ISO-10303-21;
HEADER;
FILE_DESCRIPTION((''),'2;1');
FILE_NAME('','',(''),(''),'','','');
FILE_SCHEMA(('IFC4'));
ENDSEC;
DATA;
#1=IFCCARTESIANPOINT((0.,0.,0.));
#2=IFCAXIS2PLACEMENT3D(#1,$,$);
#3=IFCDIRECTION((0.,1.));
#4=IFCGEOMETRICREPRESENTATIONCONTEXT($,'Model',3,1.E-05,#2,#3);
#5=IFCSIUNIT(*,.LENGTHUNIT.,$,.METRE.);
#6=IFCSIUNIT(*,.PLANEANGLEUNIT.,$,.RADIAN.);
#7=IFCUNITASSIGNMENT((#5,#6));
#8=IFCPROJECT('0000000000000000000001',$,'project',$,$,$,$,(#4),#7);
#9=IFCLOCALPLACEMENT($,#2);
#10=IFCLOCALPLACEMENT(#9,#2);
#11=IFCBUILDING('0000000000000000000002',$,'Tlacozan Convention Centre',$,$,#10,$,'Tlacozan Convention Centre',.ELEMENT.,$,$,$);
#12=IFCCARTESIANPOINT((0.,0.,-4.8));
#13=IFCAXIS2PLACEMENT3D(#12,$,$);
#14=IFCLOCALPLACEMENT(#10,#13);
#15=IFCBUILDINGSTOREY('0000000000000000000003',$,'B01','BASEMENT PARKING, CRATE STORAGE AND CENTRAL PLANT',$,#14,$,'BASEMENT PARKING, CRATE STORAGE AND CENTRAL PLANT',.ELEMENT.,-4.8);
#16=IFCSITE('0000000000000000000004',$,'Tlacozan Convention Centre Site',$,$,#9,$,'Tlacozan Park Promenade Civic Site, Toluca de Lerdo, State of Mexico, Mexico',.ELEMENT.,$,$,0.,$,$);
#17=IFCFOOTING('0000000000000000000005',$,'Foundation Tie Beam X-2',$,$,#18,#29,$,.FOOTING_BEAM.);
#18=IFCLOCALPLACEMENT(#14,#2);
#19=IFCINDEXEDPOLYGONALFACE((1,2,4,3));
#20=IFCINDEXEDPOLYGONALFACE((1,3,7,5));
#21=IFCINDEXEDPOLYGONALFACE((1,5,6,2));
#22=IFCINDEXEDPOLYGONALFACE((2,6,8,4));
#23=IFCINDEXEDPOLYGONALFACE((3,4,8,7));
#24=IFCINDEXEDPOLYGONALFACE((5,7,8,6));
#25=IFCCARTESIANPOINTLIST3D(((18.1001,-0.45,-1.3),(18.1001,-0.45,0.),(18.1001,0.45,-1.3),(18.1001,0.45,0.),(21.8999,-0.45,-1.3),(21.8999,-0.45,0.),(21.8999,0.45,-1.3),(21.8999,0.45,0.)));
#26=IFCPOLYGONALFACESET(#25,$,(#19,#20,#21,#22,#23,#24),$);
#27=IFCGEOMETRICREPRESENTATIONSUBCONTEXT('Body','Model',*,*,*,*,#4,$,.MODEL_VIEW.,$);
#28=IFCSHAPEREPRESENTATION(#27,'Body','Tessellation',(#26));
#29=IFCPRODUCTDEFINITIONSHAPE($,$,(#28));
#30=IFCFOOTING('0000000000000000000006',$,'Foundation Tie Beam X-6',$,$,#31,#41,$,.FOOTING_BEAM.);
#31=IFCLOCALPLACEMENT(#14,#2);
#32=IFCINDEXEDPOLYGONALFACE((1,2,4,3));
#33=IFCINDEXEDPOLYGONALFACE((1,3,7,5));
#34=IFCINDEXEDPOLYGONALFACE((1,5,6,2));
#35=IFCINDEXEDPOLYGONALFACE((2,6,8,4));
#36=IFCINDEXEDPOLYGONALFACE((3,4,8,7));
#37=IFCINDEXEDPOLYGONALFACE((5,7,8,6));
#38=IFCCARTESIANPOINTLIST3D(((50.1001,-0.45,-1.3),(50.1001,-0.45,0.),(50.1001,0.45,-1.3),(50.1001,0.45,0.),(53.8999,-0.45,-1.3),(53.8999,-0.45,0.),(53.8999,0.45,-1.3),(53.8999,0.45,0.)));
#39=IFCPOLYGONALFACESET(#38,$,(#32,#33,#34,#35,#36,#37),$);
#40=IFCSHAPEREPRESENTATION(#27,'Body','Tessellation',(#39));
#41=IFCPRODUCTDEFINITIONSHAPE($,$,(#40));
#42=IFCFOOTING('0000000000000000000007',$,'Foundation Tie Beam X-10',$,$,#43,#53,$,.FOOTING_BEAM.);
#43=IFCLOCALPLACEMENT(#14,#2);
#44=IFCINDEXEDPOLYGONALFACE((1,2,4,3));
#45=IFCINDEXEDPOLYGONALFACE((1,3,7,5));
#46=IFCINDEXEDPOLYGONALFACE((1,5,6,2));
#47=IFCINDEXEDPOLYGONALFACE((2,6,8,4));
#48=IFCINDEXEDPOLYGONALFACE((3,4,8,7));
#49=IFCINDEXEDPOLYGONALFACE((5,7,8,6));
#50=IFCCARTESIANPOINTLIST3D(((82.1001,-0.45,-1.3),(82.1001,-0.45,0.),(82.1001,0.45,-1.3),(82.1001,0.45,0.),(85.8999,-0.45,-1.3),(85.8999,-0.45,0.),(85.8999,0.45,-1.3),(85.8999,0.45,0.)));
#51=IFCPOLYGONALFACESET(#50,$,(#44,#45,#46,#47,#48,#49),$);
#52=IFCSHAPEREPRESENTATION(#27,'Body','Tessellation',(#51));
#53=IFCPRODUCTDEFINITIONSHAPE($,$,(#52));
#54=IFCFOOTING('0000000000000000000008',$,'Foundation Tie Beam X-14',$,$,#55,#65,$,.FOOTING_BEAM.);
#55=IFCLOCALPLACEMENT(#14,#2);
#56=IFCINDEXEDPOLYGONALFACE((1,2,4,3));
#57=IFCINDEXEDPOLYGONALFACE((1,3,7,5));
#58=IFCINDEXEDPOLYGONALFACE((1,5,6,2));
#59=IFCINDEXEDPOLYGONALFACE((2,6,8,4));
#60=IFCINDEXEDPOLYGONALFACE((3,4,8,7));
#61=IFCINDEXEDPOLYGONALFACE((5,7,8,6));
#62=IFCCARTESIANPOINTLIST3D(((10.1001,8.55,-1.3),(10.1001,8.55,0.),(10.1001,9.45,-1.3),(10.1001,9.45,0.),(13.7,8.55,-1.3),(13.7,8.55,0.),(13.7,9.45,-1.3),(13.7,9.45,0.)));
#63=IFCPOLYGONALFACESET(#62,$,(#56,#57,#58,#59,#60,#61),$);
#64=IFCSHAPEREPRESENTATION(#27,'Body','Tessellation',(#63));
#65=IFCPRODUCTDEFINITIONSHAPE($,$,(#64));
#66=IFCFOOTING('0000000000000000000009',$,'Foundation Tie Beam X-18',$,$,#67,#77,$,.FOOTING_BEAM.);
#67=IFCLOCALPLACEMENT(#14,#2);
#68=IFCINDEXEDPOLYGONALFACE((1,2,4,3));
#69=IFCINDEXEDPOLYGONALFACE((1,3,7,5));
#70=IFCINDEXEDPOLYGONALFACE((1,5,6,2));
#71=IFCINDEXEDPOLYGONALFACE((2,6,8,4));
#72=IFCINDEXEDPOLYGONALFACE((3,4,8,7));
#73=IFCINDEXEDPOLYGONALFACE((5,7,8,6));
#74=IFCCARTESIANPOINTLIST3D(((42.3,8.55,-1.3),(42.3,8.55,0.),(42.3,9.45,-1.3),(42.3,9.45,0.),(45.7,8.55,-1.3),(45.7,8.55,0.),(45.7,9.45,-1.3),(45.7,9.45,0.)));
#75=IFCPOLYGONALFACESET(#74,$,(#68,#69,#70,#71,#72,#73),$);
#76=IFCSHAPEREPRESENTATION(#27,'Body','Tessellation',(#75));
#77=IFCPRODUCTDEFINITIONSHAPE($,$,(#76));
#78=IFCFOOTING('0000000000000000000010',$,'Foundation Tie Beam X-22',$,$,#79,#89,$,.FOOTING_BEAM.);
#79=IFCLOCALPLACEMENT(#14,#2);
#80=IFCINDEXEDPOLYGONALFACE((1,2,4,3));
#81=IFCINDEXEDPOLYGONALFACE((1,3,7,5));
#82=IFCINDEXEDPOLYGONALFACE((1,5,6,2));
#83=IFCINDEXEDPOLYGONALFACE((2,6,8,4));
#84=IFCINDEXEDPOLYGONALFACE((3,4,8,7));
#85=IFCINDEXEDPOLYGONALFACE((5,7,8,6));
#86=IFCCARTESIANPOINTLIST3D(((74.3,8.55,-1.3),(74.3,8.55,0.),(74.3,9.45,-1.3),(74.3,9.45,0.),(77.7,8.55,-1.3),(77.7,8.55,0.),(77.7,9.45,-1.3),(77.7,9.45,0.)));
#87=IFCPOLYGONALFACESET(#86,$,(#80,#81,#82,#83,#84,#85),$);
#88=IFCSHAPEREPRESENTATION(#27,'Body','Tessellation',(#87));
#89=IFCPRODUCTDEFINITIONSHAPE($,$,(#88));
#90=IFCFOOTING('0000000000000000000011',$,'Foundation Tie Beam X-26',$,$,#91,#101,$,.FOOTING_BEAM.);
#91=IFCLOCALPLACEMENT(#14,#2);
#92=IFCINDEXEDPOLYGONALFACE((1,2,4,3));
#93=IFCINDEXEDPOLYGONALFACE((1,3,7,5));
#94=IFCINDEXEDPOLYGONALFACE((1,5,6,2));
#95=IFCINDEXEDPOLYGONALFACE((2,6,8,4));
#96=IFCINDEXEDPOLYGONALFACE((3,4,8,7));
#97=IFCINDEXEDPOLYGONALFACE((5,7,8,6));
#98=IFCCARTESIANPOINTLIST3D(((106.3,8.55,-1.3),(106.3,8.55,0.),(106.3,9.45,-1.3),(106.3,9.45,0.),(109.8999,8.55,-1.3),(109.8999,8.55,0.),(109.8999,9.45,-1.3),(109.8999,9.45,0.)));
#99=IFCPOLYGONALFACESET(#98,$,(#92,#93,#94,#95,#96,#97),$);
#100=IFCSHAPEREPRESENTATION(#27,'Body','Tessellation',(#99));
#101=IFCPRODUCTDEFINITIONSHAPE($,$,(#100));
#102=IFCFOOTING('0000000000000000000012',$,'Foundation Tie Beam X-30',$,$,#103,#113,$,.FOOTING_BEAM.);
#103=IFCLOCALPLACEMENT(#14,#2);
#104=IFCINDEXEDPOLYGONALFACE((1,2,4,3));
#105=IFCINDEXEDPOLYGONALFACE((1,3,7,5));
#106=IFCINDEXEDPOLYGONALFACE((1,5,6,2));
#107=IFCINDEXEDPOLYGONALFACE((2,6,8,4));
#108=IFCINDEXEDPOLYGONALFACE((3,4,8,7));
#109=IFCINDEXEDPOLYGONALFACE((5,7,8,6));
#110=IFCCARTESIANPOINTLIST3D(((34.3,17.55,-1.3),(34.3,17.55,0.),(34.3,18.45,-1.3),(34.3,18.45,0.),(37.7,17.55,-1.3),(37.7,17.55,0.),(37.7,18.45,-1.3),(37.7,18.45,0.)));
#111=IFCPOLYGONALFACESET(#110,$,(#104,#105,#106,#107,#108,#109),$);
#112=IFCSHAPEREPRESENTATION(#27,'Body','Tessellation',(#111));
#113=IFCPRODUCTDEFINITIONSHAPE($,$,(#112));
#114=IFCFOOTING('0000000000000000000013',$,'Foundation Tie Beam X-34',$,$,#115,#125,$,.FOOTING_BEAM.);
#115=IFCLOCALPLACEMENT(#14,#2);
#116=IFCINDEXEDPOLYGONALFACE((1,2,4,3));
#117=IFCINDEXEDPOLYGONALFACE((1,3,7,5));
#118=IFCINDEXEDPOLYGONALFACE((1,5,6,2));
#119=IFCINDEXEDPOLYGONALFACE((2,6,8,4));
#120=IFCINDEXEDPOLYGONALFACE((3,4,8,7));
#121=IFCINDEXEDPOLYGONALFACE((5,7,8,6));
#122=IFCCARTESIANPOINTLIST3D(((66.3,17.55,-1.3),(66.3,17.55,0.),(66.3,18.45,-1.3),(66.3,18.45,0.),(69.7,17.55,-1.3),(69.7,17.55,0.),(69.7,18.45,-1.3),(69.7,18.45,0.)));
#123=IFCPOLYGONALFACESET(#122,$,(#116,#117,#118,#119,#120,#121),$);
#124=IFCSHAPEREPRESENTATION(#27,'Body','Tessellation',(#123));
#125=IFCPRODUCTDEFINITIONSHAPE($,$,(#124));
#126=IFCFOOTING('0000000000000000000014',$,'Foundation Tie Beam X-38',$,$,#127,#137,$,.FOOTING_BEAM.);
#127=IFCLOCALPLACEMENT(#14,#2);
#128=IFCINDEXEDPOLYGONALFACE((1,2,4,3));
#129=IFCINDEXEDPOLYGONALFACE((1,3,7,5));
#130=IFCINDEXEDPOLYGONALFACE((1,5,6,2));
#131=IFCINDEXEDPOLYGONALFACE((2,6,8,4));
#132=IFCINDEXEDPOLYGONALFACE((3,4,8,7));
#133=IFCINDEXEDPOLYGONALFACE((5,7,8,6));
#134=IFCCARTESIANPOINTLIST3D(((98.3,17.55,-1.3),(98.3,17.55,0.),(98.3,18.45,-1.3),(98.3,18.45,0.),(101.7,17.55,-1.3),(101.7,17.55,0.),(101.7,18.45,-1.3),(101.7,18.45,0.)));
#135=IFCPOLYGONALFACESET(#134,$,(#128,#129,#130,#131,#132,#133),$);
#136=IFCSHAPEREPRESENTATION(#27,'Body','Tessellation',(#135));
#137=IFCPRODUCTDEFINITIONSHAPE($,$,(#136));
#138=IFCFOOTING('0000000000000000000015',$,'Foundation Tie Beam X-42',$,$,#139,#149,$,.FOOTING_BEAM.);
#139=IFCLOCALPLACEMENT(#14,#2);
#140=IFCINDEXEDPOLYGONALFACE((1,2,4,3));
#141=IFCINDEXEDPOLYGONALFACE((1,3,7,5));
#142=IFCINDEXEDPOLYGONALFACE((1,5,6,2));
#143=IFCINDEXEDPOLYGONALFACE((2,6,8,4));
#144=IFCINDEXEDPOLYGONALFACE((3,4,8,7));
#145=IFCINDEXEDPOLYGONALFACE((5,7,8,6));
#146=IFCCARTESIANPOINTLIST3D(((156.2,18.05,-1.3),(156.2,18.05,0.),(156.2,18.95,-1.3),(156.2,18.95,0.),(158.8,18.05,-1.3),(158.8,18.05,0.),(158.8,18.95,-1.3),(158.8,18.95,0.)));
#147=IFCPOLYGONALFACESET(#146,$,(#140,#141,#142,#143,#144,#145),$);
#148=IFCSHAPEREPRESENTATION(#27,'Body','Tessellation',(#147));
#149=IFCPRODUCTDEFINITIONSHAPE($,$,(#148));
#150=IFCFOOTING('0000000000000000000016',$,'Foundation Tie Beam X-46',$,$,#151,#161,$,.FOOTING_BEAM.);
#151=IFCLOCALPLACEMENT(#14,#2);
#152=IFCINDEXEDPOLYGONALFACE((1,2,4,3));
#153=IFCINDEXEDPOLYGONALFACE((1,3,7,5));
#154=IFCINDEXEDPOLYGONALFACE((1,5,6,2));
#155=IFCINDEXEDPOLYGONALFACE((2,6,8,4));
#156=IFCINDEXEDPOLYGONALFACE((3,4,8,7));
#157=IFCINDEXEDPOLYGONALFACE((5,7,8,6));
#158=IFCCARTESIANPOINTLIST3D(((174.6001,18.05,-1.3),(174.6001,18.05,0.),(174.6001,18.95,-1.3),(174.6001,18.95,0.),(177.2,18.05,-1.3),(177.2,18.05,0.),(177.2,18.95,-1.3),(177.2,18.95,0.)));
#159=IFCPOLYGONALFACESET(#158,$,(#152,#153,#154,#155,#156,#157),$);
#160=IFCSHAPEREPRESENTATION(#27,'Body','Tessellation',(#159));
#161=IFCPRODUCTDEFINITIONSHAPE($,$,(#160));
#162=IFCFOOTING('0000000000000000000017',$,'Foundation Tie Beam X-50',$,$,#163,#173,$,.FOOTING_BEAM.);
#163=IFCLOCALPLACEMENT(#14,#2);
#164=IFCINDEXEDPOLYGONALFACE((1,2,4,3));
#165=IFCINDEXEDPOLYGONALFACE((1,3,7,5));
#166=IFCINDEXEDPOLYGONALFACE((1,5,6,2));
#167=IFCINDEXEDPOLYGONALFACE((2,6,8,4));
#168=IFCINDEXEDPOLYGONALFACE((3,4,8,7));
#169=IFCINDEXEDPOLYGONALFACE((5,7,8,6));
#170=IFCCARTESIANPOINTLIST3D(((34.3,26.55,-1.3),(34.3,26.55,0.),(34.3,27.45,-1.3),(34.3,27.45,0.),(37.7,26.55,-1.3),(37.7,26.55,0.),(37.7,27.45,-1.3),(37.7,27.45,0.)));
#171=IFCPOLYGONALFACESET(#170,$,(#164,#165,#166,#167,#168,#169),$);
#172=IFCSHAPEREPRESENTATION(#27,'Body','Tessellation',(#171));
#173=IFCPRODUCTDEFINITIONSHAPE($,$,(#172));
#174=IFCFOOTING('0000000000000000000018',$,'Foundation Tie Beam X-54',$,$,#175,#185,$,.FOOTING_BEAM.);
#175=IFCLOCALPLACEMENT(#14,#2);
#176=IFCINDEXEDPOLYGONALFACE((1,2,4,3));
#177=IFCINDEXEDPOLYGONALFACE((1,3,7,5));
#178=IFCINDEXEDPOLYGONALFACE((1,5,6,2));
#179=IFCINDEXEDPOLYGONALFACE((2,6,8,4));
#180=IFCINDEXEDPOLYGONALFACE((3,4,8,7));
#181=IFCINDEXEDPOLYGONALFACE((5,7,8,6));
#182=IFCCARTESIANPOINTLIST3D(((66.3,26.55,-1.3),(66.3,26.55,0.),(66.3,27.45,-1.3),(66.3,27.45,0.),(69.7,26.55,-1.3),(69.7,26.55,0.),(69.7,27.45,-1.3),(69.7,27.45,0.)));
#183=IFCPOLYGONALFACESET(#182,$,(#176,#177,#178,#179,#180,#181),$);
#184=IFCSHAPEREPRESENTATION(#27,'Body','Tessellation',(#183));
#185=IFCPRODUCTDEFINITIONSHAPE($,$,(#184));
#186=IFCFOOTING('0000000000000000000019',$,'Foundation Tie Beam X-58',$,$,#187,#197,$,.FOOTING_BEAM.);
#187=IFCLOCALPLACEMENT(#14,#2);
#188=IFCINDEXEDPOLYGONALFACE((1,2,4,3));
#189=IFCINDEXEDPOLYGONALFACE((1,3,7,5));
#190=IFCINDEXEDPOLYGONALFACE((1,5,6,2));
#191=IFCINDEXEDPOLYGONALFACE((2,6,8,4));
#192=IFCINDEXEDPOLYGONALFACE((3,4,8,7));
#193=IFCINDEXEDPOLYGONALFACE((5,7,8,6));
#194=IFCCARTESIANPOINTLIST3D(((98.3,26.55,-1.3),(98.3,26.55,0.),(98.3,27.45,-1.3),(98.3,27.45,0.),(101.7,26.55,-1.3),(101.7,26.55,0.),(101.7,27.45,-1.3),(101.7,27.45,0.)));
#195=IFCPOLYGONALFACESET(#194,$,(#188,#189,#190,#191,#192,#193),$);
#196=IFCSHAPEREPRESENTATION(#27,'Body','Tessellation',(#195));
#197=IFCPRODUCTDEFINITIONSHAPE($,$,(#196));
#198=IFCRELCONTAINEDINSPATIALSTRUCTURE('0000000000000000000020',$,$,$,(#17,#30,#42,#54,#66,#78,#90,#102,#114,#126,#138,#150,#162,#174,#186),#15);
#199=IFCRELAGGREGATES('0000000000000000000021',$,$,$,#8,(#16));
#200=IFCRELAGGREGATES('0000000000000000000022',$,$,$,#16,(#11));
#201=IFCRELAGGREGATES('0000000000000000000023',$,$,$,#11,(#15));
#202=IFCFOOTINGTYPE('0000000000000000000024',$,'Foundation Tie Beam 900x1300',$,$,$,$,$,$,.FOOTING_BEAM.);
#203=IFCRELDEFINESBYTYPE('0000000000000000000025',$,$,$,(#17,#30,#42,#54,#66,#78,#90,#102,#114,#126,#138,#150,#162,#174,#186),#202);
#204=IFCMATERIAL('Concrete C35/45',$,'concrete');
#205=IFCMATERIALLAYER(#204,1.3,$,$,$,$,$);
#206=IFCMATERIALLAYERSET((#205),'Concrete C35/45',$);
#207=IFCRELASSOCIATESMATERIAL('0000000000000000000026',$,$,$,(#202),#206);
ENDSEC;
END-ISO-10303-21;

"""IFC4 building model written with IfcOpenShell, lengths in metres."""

from ifc_helpers import new_model, si_unit, direction, frame, origin, place, context, subcontext, project, spatial, polyline, outline, extrude, material, layer, layer_set, type_object, element, save


model = new_model("IFC4")

# Units and contexts
model_context = context("Model", 3, precision=1e-05, world=origin(), true_north=direction((0.0, 1.0)))
body_context = subcontext(model_context, "Body", "Model", "MODEL_VIEW")
ifc_project = project(units=[si_unit("LENGTHUNIT", "METRE"), si_unit("PLANEANGLEUNIT", "RADIAN")], contexts=[model_context])

# Site, building, storey
site_placement = place(None, origin())
site = spatial("IfcSite", under=ifc_project, at=site_placement, Name="Tlacozan Convention Centre Site", LongName="Tlacozan Park Promenade Civic Site, Toluca de Lerdo, State of Mexico, Mexico", CompositionType="ELEMENT", RefElevation=0.0)
building_placement = place(site_placement, origin())
building = spatial("IfcBuilding", under=site, at=building_placement, Name="Tlacozan Convention Centre", LongName="Tlacozan Convention Centre", CompositionType="ELEMENT")
storey_placement = place(building_placement, frame((0.0, 0.0, -4.8)))
storey = spatial("IfcBuildingStorey", under=building, at=storey_placement, Name="B01", Description="BASEMENT PARKING, CRATE STORAGE AND CENTRAL PLANT", LongName="BASEMENT PARKING, CRATE STORAGE AND CENTRAL PLANT", CompositionType="ELEMENT", Elevation=-4.8)

# Footings
ifc_material = material(Name="Concrete C35/45", Category="concrete")
ifc_layer = layer(ifc_material, 1.3)
ifc_layer_set = layer_set([ifc_layer], Name="Concrete C35/45")
footing_type = type_object("IfcFootingType", Name="Foundation Tie Beam 900x1300", PredefinedType="FOOTING_BEAM", material=ifc_layer_set)
footing_1_placement = place(storey_placement, frame((0.0, 0.0, -1.3)))
element("IfcFooting", 1, at=footing_1_placement, inside=storey, type_object=footing_type, Name="Foundation Tie Beam X-2", PredefinedType="FOOTING_BEAM", context=body_context, shape_type="SweptSolid", body=[
    extrude(outline(polyline([(18.1001, -0.45), (21.8999, -0.45), (21.8999, 0.45), (18.1001, 0.45), (18.1001, -0.45)])), origin(), (0.0, 0.0, 1.0), 1.3),
])
footing_2_placement = place(storey_placement, frame((0.0, 0.0, -1.3)))
element("IfcFooting", 2, at=footing_2_placement, inside=storey, type_object=footing_type, Name="Foundation Tie Beam X-6", PredefinedType="FOOTING_BEAM", context=body_context, shape_type="SweptSolid", body=[
    extrude(outline(polyline([(50.1001, -0.45), (53.8999, -0.45), (53.8999, 0.45), (50.1001, 0.45), (50.1001, -0.45)])), origin(), (0.0, 0.0, 1.0), 1.3),
])
footing_3_placement = place(storey_placement, frame((0.0, 0.0, -1.3)))
element("IfcFooting", 3, at=footing_3_placement, inside=storey, type_object=footing_type, Name="Foundation Tie Beam X-10", PredefinedType="FOOTING_BEAM", context=body_context, shape_type="SweptSolid", body=[
    extrude(outline(polyline([(82.1001, -0.45), (85.8999, -0.45), (85.8999, 0.45), (82.1001, 0.45), (82.1001, -0.45)])), origin(), (0.0, 0.0, 1.0), 1.3),
])
footing_4_placement = place(storey_placement, frame((0.0, 0.0, -1.3)))
element("IfcFooting", 4, at=footing_4_placement, inside=storey, type_object=footing_type, Name="Foundation Tie Beam X-14", PredefinedType="FOOTING_BEAM", context=body_context, shape_type="SweptSolid", body=[
    extrude(outline(polyline([(10.1001, 8.55), (13.7, 8.55), (13.7, 9.45), (10.1001, 9.45), (10.1001, 8.55)])), origin(), (0.0, 0.0, 1.0), 1.3),
])
footing_5_placement = place(storey_placement, frame((0.0, 0.0, -1.3)))
element("IfcFooting", 5, at=footing_5_placement, inside=storey, type_object=footing_type, Name="Foundation Tie Beam X-18", PredefinedType="FOOTING_BEAM", context=body_context, shape_type="SweptSolid", body=[
    extrude(outline(polyline([(42.3, 8.55), (45.7, 8.55), (45.7, 9.45), (42.3, 9.45), (42.3, 8.55)])), origin(), (0.0, 0.0, 1.0), 1.3),
])
footing_6_placement = place(storey_placement, frame((0.0, 0.0, -1.3)))
element("IfcFooting", 6, at=footing_6_placement, inside=storey, type_object=footing_type, Name="Foundation Tie Beam X-22", PredefinedType="FOOTING_BEAM", context=body_context, shape_type="SweptSolid", body=[
    extrude(outline(polyline([(74.3, 8.55), (77.7, 8.55), (77.7, 9.45), (74.3, 9.45), (74.3, 8.55)])), origin(), (0.0, 0.0, 1.0), 1.3),
])
footing_7_placement = place(storey_placement, frame((0.0, 0.0, -1.3)))
element("IfcFooting", 7, at=footing_7_placement, inside=storey, type_object=footing_type, Name="Foundation Tie Beam X-26", PredefinedType="FOOTING_BEAM", context=body_context, shape_type="SweptSolid", body=[
    extrude(outline(polyline([(106.3, 8.55), (109.8999, 8.55), (109.8999, 9.45), (106.3, 9.45), (106.3, 8.55)])), origin(), (0.0, 0.0, 1.0), 1.3),
])
footing_8_placement = place(storey_placement, frame((0.0, 0.0, -1.3)))
element("IfcFooting", 8, at=footing_8_placement, inside=storey, type_object=footing_type, Name="Foundation Tie Beam X-30", PredefinedType="FOOTING_BEAM", context=body_context, shape_type="SweptSolid", body=[
    extrude(outline(polyline([(34.3, 17.55), (37.7, 17.55), (37.7, 18.45), (34.3, 18.45), (34.3, 17.55)])), origin(), (0.0, 0.0, 1.0), 1.3),
])
footing_9_placement = place(storey_placement, frame((0.0, 0.0, -1.3)))
element("IfcFooting", 9, at=footing_9_placement, inside=storey, type_object=footing_type, Name="Foundation Tie Beam X-34", PredefinedType="FOOTING_BEAM", context=body_context, shape_type="SweptSolid", body=[
    extrude(outline(polyline([(66.3, 17.55), (69.7, 17.55), (69.7, 18.45), (66.3, 18.45), (66.3, 17.55)])), origin(), (0.0, 0.0, 1.0), 1.3),
])
footing_10_placement = place(storey_placement, frame((0.0, 0.0, -1.3)))
element("IfcFooting", 10, at=footing_10_placement, inside=storey, type_object=footing_type, Name="Foundation Tie Beam X-38", PredefinedType="FOOTING_BEAM", context=body_context, shape_type="SweptSolid", body=[
    extrude(outline(polyline([(98.3, 17.55), (101.7, 17.55), (101.7, 18.45), (98.3, 18.45), (98.3, 17.55)])), origin(), (0.0, 0.0, 1.0), 1.3),
])
footing_11_placement = place(storey_placement, frame((0.0, 0.0, -1.3)))
element("IfcFooting", 11, at=footing_11_placement, inside=storey, type_object=footing_type, Name="Foundation Tie Beam X-42", PredefinedType="FOOTING_BEAM", context=body_context, shape_type="SweptSolid", body=[
    extrude(outline(polyline([(156.2, 18.05), (158.8, 18.05), (158.8, 18.95), (156.2, 18.95), (156.2, 18.05)])), origin(), (0.0, 0.0, 1.0), 1.3),
])
footing_12_placement = place(storey_placement, frame((0.0, 0.0, -1.3)))
element("IfcFooting", 12, at=footing_12_placement, inside=storey, type_object=footing_type, Name="Foundation Tie Beam X-46", PredefinedType="FOOTING_BEAM", context=body_context, shape_type="SweptSolid", body=[
    extrude(outline(polyline([(174.6001, 18.05), (177.2, 18.05), (177.2, 18.95), (174.6001, 18.95), (174.6001, 18.05)])), origin(), (0.0, 0.0, 1.0), 1.3),
])
footing_13_placement = place(storey_placement, frame((0.0, 0.0, -1.3)))
element("IfcFooting", 13, at=footing_13_placement, inside=storey, type_object=footing_type, Name="Foundation Tie Beam X-50", PredefinedType="FOOTING_BEAM", context=body_context, shape_type="SweptSolid", body=[
    extrude(outline(polyline([(34.3, 26.55), (37.7, 26.55), (37.7, 27.45), (34.3, 27.45), (34.3, 26.55)])), origin(), (0.0, 0.0, 1.0), 1.3),
])
footing_14_placement = place(storey_placement, frame((0.0, 0.0, -1.3)))
element("IfcFooting", 14, at=footing_14_placement, inside=storey, type_object=footing_type, Name="Foundation Tie Beam X-54", PredefinedType="FOOTING_BEAM", context=body_context, shape_type="SweptSolid", body=[
    extrude(outline(polyline([(66.3, 26.55), (69.7, 26.55), (69.7, 27.45), (66.3, 27.45), (66.3, 26.55)])), origin(), (0.0, 0.0, 1.0), 1.3),
])
footing_15_placement = place(storey_placement, frame((0.0, 0.0, -1.3)))
element("IfcFooting", 15, at=footing_15_placement, inside=storey, type_object=footing_type, Name="Foundation Tie Beam X-58", PredefinedType="FOOTING_BEAM", context=body_context, shape_type="SweptSolid", body=[
    extrude(outline(polyline([(98.3, 26.55), (101.7, 26.55), (101.7, 27.45), (98.3, 27.45), (98.3, 26.55)])), origin(), (0.0, 0.0, 1.0), 1.3),
])

save(model, "model.ifc")
